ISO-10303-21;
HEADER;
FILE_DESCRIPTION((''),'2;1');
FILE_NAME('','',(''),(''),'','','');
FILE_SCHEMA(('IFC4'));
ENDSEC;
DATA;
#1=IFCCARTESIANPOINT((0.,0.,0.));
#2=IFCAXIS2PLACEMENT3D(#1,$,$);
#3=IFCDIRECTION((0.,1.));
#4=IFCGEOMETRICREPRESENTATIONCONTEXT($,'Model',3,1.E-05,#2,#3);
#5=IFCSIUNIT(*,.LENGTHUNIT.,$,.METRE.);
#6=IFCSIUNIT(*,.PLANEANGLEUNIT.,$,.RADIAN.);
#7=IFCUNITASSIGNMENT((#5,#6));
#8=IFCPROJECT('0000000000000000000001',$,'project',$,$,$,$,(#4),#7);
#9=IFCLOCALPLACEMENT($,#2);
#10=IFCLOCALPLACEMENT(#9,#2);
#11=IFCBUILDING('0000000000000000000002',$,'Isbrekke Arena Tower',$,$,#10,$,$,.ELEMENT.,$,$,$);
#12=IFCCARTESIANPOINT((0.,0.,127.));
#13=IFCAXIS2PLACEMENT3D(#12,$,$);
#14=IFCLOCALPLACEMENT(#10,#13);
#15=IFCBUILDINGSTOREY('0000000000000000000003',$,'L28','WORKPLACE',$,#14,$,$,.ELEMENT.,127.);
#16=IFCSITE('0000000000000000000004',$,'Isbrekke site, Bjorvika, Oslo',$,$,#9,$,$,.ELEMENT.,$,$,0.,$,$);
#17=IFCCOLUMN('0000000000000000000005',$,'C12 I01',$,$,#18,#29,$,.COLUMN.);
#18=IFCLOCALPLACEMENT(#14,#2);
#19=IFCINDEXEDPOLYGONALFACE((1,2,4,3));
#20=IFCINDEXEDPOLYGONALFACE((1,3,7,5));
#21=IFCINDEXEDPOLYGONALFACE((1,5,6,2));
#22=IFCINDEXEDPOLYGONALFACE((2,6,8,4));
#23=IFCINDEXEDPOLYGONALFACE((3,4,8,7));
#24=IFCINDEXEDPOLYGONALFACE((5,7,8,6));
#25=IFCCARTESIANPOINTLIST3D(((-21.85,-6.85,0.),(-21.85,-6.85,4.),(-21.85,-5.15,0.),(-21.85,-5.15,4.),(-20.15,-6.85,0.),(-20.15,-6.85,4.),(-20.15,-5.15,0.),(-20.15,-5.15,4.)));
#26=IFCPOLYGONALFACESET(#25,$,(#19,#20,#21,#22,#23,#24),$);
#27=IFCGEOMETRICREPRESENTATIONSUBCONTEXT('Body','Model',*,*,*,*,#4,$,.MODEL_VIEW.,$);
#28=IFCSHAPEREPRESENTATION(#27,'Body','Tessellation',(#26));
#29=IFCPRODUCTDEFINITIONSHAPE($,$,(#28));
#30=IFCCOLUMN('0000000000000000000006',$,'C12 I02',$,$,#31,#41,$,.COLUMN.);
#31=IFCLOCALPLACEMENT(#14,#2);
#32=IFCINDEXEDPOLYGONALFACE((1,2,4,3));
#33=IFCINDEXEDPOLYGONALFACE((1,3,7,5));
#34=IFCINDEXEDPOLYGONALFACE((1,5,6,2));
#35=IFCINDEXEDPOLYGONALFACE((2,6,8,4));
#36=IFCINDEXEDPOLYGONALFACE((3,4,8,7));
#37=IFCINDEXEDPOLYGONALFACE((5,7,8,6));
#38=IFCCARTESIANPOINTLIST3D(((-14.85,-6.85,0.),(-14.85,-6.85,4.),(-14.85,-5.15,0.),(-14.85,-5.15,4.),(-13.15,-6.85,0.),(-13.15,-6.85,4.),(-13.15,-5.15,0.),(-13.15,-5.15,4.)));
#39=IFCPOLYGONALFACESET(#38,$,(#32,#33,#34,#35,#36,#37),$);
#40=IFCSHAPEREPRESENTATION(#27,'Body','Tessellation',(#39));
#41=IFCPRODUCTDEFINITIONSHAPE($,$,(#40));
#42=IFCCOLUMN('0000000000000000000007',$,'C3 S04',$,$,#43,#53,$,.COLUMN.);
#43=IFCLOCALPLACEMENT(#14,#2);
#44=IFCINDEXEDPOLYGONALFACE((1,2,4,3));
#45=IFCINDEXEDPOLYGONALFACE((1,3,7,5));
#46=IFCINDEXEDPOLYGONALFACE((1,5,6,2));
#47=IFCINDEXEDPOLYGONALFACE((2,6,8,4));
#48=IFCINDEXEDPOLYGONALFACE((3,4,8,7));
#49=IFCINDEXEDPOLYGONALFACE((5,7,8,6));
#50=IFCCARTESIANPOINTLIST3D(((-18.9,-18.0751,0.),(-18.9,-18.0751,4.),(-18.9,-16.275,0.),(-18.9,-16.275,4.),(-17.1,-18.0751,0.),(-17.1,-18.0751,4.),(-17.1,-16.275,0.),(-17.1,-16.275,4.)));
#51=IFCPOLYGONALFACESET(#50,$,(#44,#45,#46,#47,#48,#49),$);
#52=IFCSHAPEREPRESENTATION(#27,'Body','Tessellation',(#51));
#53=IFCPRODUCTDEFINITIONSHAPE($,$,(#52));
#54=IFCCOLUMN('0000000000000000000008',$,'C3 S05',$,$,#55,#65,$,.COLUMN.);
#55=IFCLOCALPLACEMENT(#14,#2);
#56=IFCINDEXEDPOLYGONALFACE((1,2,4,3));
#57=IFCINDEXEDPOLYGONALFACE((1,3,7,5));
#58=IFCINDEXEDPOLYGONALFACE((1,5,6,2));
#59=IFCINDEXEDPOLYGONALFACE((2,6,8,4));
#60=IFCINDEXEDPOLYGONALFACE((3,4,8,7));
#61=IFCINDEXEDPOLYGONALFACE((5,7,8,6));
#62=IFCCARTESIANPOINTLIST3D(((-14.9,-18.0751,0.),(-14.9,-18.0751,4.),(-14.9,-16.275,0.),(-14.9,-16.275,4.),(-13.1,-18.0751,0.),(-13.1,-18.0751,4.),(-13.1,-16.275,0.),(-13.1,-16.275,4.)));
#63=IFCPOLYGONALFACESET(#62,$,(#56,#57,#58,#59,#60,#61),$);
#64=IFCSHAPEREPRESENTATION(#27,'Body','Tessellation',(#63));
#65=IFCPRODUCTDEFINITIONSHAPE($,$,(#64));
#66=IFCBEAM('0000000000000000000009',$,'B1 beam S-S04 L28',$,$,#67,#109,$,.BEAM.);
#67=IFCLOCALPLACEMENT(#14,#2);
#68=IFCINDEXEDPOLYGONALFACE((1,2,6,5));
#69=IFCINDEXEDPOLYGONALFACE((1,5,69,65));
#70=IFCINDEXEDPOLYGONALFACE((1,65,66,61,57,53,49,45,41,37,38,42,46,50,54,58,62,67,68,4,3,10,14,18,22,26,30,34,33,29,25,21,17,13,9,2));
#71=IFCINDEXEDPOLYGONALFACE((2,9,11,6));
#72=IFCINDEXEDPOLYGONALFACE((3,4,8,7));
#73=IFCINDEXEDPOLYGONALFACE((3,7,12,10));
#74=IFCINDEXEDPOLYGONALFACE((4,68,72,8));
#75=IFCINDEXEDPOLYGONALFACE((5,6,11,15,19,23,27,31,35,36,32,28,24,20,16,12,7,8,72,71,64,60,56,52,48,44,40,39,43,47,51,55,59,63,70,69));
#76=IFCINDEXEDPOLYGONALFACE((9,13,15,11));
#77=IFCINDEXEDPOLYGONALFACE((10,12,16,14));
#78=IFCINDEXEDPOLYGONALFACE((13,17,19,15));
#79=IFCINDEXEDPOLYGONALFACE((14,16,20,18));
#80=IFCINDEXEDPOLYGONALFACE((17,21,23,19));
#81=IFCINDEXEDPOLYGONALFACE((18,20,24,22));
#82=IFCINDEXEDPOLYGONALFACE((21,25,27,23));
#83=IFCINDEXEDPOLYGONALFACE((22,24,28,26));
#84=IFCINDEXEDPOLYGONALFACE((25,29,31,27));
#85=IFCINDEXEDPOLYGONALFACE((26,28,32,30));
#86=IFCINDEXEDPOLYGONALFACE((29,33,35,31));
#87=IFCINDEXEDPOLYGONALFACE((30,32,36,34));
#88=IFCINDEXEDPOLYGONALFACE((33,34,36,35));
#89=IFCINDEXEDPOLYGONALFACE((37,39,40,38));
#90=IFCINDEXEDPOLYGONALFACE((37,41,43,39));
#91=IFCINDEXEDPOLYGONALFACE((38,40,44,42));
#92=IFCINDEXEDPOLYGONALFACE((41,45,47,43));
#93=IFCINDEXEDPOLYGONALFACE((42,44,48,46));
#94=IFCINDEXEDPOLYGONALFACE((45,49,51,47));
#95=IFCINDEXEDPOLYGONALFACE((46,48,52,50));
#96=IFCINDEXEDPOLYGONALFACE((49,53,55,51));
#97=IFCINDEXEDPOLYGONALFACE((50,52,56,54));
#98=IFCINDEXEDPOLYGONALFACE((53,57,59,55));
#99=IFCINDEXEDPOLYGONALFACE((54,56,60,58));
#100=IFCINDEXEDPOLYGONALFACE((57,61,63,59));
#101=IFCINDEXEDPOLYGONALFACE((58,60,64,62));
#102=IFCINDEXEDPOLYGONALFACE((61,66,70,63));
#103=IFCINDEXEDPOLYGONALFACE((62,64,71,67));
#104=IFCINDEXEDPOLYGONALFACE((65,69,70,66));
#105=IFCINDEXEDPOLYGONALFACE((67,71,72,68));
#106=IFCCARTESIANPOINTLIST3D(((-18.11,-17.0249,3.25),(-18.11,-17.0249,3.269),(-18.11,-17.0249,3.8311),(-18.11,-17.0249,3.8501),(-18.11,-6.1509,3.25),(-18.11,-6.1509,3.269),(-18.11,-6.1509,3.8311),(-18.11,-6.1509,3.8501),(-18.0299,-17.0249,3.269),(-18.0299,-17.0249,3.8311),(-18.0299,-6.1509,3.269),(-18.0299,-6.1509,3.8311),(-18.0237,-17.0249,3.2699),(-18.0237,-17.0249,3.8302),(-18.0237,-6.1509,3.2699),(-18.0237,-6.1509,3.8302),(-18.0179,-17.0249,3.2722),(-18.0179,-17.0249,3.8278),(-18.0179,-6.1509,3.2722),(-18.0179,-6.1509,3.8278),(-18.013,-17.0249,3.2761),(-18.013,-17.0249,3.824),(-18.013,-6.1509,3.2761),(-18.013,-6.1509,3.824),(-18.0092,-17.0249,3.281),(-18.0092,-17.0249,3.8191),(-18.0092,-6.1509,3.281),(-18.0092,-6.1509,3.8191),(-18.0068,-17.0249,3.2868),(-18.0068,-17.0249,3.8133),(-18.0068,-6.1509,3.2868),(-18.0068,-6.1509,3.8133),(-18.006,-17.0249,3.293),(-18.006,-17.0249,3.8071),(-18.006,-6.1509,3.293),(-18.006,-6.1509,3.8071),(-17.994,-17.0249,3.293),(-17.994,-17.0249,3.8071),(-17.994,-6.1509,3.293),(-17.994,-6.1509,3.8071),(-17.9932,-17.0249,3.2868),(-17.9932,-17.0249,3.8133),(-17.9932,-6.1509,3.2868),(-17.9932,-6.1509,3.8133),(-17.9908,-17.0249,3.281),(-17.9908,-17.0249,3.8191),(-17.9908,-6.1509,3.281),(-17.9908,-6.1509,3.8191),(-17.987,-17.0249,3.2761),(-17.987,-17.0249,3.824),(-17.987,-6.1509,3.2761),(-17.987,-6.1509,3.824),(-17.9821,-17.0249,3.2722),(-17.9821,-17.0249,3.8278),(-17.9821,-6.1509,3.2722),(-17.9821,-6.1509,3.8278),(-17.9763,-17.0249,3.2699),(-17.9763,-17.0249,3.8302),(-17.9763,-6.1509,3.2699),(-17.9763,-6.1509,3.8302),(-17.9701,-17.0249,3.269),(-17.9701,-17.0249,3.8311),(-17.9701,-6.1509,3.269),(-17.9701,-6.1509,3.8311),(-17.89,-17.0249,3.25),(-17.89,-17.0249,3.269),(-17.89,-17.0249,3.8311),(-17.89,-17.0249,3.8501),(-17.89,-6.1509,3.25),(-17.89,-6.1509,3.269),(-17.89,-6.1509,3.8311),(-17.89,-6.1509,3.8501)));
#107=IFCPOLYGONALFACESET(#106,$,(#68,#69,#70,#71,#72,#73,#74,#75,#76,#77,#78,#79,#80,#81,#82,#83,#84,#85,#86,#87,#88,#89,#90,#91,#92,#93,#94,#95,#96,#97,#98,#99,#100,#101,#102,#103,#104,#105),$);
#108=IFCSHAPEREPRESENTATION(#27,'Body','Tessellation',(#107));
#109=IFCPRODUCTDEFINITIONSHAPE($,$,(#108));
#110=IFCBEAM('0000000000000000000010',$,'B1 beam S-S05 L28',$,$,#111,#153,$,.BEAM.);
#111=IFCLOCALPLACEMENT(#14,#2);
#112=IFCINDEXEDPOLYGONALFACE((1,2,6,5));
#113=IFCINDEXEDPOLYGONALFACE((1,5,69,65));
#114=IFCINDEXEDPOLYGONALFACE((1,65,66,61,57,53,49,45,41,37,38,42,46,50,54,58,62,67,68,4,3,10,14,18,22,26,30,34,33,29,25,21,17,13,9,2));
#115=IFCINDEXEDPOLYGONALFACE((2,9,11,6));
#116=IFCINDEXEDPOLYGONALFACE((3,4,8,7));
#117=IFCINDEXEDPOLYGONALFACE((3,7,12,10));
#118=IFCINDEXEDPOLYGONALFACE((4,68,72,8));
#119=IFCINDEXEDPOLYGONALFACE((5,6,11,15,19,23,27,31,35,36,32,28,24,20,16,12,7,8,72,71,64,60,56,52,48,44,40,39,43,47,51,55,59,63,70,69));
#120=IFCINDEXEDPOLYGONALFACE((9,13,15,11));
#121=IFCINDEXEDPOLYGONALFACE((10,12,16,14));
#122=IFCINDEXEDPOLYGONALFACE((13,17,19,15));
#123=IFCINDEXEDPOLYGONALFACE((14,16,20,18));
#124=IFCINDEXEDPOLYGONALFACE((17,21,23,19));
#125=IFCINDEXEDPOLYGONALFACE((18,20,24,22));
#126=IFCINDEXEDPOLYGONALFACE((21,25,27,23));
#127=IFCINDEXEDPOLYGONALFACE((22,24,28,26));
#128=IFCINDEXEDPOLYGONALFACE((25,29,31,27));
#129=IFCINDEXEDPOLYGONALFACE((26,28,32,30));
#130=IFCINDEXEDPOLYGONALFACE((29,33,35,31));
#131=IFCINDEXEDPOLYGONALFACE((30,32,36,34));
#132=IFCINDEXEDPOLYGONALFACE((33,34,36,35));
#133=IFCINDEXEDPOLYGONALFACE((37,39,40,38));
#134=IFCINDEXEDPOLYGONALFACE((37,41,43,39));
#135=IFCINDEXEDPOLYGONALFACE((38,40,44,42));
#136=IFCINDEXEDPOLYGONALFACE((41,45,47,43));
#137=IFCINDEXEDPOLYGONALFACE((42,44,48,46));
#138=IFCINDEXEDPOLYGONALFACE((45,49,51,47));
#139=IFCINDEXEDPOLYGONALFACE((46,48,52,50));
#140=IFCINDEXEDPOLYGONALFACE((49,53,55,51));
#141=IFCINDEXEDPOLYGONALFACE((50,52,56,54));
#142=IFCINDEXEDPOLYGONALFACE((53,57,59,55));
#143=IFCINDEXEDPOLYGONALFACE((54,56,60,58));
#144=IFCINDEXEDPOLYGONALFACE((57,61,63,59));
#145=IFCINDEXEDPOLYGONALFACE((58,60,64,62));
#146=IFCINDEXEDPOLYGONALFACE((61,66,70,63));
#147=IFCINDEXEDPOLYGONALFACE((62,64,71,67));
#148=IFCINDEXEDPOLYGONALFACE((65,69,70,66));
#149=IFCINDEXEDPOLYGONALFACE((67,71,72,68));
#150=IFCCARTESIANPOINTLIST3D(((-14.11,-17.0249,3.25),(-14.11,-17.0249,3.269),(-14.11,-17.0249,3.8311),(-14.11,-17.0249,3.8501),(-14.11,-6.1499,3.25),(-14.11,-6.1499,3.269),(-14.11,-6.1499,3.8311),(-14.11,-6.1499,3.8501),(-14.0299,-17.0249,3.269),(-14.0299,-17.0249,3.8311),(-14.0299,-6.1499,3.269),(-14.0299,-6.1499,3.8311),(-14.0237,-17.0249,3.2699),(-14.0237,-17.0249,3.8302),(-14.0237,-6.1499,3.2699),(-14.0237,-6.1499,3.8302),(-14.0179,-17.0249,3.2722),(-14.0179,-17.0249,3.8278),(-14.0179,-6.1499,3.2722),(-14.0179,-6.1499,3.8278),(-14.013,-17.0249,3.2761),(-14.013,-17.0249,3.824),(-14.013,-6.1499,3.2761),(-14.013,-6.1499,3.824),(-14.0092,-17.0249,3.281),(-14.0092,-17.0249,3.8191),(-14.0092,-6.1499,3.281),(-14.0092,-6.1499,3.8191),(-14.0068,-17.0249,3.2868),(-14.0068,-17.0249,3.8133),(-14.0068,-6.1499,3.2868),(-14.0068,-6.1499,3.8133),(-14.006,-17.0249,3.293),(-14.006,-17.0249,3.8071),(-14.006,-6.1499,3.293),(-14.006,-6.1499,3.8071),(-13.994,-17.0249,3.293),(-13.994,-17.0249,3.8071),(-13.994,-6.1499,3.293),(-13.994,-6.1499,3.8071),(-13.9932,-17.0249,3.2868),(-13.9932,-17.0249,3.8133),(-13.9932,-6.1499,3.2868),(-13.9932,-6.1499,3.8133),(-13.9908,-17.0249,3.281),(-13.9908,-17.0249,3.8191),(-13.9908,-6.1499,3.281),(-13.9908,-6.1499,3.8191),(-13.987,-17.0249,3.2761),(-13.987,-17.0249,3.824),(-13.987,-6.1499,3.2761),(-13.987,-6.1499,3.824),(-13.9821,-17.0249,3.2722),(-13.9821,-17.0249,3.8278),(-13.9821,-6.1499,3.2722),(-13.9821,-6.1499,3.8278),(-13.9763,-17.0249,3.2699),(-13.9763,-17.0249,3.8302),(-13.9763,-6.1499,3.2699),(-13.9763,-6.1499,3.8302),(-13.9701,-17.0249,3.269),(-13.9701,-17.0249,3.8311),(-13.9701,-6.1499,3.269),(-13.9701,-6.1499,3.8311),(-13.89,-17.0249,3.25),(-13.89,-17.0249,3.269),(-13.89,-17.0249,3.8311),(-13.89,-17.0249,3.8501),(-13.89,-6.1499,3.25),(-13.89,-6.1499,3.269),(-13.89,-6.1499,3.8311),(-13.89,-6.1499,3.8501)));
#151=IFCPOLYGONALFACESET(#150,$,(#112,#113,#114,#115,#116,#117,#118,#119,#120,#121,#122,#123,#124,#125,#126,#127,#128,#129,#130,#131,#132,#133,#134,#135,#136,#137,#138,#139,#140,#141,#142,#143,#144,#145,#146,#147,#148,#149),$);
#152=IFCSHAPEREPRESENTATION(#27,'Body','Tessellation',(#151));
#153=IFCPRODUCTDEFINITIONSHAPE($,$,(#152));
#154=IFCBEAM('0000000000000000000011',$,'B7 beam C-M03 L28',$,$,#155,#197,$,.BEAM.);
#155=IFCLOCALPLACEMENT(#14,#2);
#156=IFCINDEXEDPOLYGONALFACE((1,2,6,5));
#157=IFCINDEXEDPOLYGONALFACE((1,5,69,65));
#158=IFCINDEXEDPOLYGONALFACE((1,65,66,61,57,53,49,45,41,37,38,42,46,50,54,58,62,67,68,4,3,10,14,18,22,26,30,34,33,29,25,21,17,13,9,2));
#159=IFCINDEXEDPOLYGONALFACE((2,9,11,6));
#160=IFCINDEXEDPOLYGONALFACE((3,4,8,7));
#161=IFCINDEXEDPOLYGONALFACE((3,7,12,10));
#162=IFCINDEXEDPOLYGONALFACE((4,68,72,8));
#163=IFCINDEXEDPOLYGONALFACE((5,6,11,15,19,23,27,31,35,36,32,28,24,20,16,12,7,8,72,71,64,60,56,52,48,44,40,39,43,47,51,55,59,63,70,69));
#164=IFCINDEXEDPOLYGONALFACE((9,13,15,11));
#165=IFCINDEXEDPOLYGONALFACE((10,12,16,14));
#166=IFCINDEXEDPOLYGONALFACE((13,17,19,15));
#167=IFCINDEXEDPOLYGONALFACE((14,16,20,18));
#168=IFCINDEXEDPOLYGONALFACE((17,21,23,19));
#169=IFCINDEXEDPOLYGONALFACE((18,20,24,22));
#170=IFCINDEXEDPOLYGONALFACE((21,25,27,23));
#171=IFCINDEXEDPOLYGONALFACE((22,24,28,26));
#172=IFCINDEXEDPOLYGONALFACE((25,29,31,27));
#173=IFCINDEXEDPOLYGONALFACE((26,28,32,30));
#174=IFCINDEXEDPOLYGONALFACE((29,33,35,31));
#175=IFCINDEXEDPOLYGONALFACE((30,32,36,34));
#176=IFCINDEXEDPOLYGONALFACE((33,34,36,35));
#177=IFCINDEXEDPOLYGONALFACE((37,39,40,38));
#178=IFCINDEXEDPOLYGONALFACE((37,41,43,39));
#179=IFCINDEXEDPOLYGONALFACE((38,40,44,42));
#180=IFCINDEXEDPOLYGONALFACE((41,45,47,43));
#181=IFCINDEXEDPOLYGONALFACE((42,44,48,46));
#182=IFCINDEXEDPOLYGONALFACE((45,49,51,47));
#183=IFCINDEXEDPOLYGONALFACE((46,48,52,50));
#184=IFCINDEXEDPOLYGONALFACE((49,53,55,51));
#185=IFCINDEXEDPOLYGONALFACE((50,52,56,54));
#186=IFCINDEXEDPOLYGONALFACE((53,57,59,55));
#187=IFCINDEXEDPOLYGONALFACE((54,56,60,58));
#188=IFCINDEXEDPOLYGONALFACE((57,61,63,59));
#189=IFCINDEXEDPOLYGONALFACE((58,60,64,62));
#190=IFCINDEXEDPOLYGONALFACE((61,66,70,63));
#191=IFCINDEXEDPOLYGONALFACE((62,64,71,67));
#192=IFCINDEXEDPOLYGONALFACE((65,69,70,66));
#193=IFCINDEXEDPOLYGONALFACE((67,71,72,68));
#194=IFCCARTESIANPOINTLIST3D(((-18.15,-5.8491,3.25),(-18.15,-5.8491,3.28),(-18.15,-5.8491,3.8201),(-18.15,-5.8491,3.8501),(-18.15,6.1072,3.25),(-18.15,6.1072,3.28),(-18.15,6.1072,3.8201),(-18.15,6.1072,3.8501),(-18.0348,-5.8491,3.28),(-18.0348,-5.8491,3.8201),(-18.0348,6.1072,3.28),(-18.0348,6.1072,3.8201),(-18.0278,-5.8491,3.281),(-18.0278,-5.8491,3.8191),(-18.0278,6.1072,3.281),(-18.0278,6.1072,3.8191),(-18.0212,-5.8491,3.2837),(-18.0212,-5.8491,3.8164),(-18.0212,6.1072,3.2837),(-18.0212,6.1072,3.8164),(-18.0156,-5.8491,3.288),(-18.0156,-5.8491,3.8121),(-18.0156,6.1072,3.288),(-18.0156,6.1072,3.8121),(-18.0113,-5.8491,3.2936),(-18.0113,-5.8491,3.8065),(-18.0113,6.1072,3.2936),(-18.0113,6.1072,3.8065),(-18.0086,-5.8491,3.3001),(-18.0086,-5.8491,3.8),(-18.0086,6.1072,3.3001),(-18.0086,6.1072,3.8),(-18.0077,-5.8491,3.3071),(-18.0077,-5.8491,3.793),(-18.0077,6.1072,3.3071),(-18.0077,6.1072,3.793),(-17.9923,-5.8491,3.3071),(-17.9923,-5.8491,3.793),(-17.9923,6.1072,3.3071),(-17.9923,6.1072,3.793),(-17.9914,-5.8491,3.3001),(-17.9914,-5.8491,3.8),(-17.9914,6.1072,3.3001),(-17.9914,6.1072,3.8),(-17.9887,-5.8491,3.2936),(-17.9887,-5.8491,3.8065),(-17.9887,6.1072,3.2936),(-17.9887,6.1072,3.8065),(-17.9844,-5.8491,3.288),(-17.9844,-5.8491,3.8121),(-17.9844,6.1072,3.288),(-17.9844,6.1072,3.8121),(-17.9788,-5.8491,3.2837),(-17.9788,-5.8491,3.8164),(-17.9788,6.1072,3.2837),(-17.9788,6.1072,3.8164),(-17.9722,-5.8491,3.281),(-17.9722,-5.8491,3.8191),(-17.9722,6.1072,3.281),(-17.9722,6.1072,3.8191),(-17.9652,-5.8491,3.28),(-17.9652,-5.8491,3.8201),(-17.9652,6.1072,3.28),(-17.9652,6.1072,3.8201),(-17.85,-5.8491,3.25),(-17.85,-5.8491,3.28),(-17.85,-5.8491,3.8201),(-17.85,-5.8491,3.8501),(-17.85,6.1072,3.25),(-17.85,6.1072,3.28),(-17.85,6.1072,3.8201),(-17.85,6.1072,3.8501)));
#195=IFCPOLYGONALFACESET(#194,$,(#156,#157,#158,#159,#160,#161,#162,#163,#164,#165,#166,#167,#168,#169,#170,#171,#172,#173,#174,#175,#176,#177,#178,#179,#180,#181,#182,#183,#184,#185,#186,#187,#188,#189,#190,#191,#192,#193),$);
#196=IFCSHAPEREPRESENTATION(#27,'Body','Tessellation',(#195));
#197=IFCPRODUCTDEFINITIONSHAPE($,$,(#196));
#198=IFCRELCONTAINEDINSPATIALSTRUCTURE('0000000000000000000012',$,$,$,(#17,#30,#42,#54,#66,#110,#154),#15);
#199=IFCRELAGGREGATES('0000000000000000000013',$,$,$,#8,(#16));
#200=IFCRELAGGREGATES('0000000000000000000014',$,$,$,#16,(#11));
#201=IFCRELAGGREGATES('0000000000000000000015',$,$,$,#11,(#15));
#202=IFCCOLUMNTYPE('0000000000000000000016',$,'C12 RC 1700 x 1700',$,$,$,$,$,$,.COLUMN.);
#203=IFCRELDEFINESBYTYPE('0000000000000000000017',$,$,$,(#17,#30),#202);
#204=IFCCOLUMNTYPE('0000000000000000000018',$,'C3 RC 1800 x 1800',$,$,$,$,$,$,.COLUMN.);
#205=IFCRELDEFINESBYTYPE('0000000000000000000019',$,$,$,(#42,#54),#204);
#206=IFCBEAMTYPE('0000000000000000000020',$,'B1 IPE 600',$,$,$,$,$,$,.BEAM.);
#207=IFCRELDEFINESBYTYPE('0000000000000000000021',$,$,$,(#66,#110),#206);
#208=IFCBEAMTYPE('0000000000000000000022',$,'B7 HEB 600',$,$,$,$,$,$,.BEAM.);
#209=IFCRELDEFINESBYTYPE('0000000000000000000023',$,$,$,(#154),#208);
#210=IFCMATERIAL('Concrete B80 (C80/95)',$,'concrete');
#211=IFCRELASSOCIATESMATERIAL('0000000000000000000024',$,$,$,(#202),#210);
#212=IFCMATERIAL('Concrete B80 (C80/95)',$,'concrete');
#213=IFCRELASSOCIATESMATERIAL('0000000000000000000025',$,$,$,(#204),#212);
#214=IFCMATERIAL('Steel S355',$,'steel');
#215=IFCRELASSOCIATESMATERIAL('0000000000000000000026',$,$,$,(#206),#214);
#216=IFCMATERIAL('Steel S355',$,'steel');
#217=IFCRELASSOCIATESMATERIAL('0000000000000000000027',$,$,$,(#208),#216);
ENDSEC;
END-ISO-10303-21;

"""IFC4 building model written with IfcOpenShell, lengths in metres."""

from ifc_helpers import new_model, si_unit, direction, frame, origin, origin_2d, place, context, subcontext, project, spatial, rectangle, i_section, extrude, material, material_profile, profile_set, type_object, element, save


model = new_model("IFC4")

# Units and contexts
model_context = context("Model", 3, precision=1e-05, world=origin(), true_north=direction((0.0, 1.0)))
body_context = subcontext(model_context, "Body", "Model", "MODEL_VIEW")
ifc_project = project(units=[si_unit("LENGTHUNIT", "METRE"), si_unit("PLANEANGLEUNIT", "RADIAN")], contexts=[model_context])

# Site, building, storey
site_placement = place(None, origin())
site = spatial("IfcSite", under=ifc_project, at=site_placement, Name="Isbrekke site, Bjorvika, Oslo", CompositionType="ELEMENT", RefElevation=0.0)
building_placement = place(site_placement, origin())
building = spatial("IfcBuilding", under=site, at=building_placement, Name="Isbrekke Arena Tower", CompositionType="ELEMENT")
storey_placement = place(building_placement, frame((0.0, 0.0, 127.0)))
storey = spatial("IfcBuildingStorey", under=building, at=storey_placement, Name="L28", Description="WORKPLACE", CompositionType="ELEMENT", Elevation=127.0)

# Columns
ifc_material_1 = material(Name="Concrete B80 (C80/95)", Category="concrete")
ifc_material_profile_1 = material_profile(ifc_material_1, rectangle(XDim=1.7, YDim=1.7, at=origin_2d()), Name="RC 1700x1700")
ifc_profile_set_1 = profile_set([ifc_material_profile_1], Name="Concrete B80 (C80/95)")
column_type_1 = type_object("IfcColumnType", Name="C12 RC 1700 x 1700", PredefinedType="COLUMN", material=ifc_profile_set_1)
for number, where, z_axis, x_axis, name in (
    (1, (-21.0, -6.0, 0.0), (0.0, 0.0, 1.0), (1.0, 0.0, 0.0), "C12 I01"),
    (2, (-14.0, -6.0, 0.0), (0.0, 0.0, 1.0), (1.0, 0.0, 0.0), "C12 I02"),
):
    element("IfcColumn", number, at=place(storey_placement, frame(where, z_axis=z_axis, x_axis=x_axis)), inside=storey, type_object=column_type_1, Name=name, PredefinedType="COLUMN", context=body_context, shape_type="SweptSolid", body=[
        extrude(rectangle(XDim=1.7, YDim=1.7, at=origin_2d()), origin(), (0.0, 0.0, 1.0), 4.0),
    ])
ifc_material_2 = material(Name="Concrete B80 (C80/95)", Category="concrete")
ifc_material_profile_2 = material_profile(ifc_material_2, rectangle(XDim=1.8, YDim=1.8, at=origin_2d()), Name="RC 1800x1800")
ifc_profile_set_2 = profile_set([ifc_material_profile_2], Name="Concrete B80 (C80/95)")
column_type_2 = type_object("IfcColumnType", Name="C3 RC 1800 x 1800", PredefinedType="COLUMN", material=ifc_profile_set_2)
for number, where, z_axis, x_axis, name in (
    (3, (-18.0, -17.175, 0.0), (0.0, 0.0, 1.0), (1.0, 0.0, 0.0), "C3 S04"),
    (4, (-14.0, -17.175, 0.0), (0.0, 0.0, 1.0), (1.0, 0.0, 0.0), "C3 S05"),
):
    element("IfcColumn", number, at=place(storey_placement, frame(where, z_axis=z_axis, x_axis=x_axis)), inside=storey, type_object=column_type_2, Name=name, PredefinedType="COLUMN", context=body_context, shape_type="SweptSolid", body=[
        extrude(rectangle(XDim=1.8, YDim=1.8, at=origin_2d()), origin(), (0.0, 0.0, 1.0), 4.0),
    ])

# Beams
ifc_material_3 = material(Name="Steel S355", Category="steel")
ifc_material_profile_3 = material_profile(ifc_material_3, i_section(OverallWidth=0.22, OverallDepth=0.6001, WebThickness=0.012, FlangeThickness=0.019, FilletRadius=0.0239, at=origin_2d()), Name="IPE 600")
ifc_profile_set_3 = profile_set([ifc_material_profile_3], Name="Steel S355")
beam_type_1 = type_object("IfcBeamType", Name="B1 IPE 600", PredefinedType="BEAM", material=ifc_profile_set_3)
beam_1_placement = place(storey_placement, frame((-18.0, -17.0249, 3.55), z_axis=(0.0, 1.0, 0.0), x_axis=(-1.0, 0.0, 0.0)))
element("IfcBeam", 5, at=beam_1_placement, inside=storey, type_object=beam_type_1, Name="B1 beam S-S04 L28", PredefinedType="BEAM", context=body_context, shape_type="SweptSolid", body=[
    extrude(i_section(OverallWidth=0.22, OverallDepth=0.6001, WebThickness=0.012, FlangeThickness=0.019, FilletRadius=0.0239, at=origin_2d()), origin(), (0.0, 0.0, 1.0), 10.874),
])
beam_2_placement = place(storey_placement, frame((-14.0, -17.0249, 3.55), z_axis=(0.0, 1.0, 0.0), x_axis=(-1.0, 0.0, 0.0)))
element("IfcBeam", 6, at=beam_2_placement, inside=storey, type_object=beam_type_1, Name="B1 beam S-S05 L28", PredefinedType="BEAM", context=body_context, shape_type="SweptSolid", body=[
    extrude(i_section(OverallWidth=0.22, OverallDepth=0.6001, WebThickness=0.012, FlangeThickness=0.019, FilletRadius=0.0239, at=origin_2d()), origin(), (0.0, 0.0, 1.0), 10.875),
])
ifc_material_4 = material(Name="Steel S355", Category="steel")
ifc_material_profile_4 = material_profile(ifc_material_4, i_section(OverallWidth=0.3, OverallDepth=0.6001, WebThickness=0.0154, FlangeThickness=0.03, FilletRadius=0.0271, at=origin_2d()), Name="HEB 600")
ifc_profile_set_4 = profile_set([ifc_material_profile_4], Name="Steel S355")
beam_type_2 = type_object("IfcBeamType", Name="B7 HEB 600", PredefinedType="BEAM", material=ifc_profile_set_4)
beam_3_placement = place(storey_placement, frame((-18.0, -5.8491, 3.55), z_axis=(0.0, 1.0, 0.0), x_axis=(-1.0, 0.0, 0.0)))
element("IfcBeam", 7, at=beam_3_placement, inside=storey, type_object=beam_type_2, Name="B7 beam C-M03 L28", PredefinedType="BEAM", context=body_context, shape_type="SweptSolid", body=[
    extrude(i_section(OverallWidth=0.3, OverallDepth=0.6001, WebThickness=0.0154, FlangeThickness=0.03, FilletRadius=0.0271, at=origin_2d()), origin(), (0.0, 0.0, 1.0), 11.9563),
])

save(model, "model.ifc")
